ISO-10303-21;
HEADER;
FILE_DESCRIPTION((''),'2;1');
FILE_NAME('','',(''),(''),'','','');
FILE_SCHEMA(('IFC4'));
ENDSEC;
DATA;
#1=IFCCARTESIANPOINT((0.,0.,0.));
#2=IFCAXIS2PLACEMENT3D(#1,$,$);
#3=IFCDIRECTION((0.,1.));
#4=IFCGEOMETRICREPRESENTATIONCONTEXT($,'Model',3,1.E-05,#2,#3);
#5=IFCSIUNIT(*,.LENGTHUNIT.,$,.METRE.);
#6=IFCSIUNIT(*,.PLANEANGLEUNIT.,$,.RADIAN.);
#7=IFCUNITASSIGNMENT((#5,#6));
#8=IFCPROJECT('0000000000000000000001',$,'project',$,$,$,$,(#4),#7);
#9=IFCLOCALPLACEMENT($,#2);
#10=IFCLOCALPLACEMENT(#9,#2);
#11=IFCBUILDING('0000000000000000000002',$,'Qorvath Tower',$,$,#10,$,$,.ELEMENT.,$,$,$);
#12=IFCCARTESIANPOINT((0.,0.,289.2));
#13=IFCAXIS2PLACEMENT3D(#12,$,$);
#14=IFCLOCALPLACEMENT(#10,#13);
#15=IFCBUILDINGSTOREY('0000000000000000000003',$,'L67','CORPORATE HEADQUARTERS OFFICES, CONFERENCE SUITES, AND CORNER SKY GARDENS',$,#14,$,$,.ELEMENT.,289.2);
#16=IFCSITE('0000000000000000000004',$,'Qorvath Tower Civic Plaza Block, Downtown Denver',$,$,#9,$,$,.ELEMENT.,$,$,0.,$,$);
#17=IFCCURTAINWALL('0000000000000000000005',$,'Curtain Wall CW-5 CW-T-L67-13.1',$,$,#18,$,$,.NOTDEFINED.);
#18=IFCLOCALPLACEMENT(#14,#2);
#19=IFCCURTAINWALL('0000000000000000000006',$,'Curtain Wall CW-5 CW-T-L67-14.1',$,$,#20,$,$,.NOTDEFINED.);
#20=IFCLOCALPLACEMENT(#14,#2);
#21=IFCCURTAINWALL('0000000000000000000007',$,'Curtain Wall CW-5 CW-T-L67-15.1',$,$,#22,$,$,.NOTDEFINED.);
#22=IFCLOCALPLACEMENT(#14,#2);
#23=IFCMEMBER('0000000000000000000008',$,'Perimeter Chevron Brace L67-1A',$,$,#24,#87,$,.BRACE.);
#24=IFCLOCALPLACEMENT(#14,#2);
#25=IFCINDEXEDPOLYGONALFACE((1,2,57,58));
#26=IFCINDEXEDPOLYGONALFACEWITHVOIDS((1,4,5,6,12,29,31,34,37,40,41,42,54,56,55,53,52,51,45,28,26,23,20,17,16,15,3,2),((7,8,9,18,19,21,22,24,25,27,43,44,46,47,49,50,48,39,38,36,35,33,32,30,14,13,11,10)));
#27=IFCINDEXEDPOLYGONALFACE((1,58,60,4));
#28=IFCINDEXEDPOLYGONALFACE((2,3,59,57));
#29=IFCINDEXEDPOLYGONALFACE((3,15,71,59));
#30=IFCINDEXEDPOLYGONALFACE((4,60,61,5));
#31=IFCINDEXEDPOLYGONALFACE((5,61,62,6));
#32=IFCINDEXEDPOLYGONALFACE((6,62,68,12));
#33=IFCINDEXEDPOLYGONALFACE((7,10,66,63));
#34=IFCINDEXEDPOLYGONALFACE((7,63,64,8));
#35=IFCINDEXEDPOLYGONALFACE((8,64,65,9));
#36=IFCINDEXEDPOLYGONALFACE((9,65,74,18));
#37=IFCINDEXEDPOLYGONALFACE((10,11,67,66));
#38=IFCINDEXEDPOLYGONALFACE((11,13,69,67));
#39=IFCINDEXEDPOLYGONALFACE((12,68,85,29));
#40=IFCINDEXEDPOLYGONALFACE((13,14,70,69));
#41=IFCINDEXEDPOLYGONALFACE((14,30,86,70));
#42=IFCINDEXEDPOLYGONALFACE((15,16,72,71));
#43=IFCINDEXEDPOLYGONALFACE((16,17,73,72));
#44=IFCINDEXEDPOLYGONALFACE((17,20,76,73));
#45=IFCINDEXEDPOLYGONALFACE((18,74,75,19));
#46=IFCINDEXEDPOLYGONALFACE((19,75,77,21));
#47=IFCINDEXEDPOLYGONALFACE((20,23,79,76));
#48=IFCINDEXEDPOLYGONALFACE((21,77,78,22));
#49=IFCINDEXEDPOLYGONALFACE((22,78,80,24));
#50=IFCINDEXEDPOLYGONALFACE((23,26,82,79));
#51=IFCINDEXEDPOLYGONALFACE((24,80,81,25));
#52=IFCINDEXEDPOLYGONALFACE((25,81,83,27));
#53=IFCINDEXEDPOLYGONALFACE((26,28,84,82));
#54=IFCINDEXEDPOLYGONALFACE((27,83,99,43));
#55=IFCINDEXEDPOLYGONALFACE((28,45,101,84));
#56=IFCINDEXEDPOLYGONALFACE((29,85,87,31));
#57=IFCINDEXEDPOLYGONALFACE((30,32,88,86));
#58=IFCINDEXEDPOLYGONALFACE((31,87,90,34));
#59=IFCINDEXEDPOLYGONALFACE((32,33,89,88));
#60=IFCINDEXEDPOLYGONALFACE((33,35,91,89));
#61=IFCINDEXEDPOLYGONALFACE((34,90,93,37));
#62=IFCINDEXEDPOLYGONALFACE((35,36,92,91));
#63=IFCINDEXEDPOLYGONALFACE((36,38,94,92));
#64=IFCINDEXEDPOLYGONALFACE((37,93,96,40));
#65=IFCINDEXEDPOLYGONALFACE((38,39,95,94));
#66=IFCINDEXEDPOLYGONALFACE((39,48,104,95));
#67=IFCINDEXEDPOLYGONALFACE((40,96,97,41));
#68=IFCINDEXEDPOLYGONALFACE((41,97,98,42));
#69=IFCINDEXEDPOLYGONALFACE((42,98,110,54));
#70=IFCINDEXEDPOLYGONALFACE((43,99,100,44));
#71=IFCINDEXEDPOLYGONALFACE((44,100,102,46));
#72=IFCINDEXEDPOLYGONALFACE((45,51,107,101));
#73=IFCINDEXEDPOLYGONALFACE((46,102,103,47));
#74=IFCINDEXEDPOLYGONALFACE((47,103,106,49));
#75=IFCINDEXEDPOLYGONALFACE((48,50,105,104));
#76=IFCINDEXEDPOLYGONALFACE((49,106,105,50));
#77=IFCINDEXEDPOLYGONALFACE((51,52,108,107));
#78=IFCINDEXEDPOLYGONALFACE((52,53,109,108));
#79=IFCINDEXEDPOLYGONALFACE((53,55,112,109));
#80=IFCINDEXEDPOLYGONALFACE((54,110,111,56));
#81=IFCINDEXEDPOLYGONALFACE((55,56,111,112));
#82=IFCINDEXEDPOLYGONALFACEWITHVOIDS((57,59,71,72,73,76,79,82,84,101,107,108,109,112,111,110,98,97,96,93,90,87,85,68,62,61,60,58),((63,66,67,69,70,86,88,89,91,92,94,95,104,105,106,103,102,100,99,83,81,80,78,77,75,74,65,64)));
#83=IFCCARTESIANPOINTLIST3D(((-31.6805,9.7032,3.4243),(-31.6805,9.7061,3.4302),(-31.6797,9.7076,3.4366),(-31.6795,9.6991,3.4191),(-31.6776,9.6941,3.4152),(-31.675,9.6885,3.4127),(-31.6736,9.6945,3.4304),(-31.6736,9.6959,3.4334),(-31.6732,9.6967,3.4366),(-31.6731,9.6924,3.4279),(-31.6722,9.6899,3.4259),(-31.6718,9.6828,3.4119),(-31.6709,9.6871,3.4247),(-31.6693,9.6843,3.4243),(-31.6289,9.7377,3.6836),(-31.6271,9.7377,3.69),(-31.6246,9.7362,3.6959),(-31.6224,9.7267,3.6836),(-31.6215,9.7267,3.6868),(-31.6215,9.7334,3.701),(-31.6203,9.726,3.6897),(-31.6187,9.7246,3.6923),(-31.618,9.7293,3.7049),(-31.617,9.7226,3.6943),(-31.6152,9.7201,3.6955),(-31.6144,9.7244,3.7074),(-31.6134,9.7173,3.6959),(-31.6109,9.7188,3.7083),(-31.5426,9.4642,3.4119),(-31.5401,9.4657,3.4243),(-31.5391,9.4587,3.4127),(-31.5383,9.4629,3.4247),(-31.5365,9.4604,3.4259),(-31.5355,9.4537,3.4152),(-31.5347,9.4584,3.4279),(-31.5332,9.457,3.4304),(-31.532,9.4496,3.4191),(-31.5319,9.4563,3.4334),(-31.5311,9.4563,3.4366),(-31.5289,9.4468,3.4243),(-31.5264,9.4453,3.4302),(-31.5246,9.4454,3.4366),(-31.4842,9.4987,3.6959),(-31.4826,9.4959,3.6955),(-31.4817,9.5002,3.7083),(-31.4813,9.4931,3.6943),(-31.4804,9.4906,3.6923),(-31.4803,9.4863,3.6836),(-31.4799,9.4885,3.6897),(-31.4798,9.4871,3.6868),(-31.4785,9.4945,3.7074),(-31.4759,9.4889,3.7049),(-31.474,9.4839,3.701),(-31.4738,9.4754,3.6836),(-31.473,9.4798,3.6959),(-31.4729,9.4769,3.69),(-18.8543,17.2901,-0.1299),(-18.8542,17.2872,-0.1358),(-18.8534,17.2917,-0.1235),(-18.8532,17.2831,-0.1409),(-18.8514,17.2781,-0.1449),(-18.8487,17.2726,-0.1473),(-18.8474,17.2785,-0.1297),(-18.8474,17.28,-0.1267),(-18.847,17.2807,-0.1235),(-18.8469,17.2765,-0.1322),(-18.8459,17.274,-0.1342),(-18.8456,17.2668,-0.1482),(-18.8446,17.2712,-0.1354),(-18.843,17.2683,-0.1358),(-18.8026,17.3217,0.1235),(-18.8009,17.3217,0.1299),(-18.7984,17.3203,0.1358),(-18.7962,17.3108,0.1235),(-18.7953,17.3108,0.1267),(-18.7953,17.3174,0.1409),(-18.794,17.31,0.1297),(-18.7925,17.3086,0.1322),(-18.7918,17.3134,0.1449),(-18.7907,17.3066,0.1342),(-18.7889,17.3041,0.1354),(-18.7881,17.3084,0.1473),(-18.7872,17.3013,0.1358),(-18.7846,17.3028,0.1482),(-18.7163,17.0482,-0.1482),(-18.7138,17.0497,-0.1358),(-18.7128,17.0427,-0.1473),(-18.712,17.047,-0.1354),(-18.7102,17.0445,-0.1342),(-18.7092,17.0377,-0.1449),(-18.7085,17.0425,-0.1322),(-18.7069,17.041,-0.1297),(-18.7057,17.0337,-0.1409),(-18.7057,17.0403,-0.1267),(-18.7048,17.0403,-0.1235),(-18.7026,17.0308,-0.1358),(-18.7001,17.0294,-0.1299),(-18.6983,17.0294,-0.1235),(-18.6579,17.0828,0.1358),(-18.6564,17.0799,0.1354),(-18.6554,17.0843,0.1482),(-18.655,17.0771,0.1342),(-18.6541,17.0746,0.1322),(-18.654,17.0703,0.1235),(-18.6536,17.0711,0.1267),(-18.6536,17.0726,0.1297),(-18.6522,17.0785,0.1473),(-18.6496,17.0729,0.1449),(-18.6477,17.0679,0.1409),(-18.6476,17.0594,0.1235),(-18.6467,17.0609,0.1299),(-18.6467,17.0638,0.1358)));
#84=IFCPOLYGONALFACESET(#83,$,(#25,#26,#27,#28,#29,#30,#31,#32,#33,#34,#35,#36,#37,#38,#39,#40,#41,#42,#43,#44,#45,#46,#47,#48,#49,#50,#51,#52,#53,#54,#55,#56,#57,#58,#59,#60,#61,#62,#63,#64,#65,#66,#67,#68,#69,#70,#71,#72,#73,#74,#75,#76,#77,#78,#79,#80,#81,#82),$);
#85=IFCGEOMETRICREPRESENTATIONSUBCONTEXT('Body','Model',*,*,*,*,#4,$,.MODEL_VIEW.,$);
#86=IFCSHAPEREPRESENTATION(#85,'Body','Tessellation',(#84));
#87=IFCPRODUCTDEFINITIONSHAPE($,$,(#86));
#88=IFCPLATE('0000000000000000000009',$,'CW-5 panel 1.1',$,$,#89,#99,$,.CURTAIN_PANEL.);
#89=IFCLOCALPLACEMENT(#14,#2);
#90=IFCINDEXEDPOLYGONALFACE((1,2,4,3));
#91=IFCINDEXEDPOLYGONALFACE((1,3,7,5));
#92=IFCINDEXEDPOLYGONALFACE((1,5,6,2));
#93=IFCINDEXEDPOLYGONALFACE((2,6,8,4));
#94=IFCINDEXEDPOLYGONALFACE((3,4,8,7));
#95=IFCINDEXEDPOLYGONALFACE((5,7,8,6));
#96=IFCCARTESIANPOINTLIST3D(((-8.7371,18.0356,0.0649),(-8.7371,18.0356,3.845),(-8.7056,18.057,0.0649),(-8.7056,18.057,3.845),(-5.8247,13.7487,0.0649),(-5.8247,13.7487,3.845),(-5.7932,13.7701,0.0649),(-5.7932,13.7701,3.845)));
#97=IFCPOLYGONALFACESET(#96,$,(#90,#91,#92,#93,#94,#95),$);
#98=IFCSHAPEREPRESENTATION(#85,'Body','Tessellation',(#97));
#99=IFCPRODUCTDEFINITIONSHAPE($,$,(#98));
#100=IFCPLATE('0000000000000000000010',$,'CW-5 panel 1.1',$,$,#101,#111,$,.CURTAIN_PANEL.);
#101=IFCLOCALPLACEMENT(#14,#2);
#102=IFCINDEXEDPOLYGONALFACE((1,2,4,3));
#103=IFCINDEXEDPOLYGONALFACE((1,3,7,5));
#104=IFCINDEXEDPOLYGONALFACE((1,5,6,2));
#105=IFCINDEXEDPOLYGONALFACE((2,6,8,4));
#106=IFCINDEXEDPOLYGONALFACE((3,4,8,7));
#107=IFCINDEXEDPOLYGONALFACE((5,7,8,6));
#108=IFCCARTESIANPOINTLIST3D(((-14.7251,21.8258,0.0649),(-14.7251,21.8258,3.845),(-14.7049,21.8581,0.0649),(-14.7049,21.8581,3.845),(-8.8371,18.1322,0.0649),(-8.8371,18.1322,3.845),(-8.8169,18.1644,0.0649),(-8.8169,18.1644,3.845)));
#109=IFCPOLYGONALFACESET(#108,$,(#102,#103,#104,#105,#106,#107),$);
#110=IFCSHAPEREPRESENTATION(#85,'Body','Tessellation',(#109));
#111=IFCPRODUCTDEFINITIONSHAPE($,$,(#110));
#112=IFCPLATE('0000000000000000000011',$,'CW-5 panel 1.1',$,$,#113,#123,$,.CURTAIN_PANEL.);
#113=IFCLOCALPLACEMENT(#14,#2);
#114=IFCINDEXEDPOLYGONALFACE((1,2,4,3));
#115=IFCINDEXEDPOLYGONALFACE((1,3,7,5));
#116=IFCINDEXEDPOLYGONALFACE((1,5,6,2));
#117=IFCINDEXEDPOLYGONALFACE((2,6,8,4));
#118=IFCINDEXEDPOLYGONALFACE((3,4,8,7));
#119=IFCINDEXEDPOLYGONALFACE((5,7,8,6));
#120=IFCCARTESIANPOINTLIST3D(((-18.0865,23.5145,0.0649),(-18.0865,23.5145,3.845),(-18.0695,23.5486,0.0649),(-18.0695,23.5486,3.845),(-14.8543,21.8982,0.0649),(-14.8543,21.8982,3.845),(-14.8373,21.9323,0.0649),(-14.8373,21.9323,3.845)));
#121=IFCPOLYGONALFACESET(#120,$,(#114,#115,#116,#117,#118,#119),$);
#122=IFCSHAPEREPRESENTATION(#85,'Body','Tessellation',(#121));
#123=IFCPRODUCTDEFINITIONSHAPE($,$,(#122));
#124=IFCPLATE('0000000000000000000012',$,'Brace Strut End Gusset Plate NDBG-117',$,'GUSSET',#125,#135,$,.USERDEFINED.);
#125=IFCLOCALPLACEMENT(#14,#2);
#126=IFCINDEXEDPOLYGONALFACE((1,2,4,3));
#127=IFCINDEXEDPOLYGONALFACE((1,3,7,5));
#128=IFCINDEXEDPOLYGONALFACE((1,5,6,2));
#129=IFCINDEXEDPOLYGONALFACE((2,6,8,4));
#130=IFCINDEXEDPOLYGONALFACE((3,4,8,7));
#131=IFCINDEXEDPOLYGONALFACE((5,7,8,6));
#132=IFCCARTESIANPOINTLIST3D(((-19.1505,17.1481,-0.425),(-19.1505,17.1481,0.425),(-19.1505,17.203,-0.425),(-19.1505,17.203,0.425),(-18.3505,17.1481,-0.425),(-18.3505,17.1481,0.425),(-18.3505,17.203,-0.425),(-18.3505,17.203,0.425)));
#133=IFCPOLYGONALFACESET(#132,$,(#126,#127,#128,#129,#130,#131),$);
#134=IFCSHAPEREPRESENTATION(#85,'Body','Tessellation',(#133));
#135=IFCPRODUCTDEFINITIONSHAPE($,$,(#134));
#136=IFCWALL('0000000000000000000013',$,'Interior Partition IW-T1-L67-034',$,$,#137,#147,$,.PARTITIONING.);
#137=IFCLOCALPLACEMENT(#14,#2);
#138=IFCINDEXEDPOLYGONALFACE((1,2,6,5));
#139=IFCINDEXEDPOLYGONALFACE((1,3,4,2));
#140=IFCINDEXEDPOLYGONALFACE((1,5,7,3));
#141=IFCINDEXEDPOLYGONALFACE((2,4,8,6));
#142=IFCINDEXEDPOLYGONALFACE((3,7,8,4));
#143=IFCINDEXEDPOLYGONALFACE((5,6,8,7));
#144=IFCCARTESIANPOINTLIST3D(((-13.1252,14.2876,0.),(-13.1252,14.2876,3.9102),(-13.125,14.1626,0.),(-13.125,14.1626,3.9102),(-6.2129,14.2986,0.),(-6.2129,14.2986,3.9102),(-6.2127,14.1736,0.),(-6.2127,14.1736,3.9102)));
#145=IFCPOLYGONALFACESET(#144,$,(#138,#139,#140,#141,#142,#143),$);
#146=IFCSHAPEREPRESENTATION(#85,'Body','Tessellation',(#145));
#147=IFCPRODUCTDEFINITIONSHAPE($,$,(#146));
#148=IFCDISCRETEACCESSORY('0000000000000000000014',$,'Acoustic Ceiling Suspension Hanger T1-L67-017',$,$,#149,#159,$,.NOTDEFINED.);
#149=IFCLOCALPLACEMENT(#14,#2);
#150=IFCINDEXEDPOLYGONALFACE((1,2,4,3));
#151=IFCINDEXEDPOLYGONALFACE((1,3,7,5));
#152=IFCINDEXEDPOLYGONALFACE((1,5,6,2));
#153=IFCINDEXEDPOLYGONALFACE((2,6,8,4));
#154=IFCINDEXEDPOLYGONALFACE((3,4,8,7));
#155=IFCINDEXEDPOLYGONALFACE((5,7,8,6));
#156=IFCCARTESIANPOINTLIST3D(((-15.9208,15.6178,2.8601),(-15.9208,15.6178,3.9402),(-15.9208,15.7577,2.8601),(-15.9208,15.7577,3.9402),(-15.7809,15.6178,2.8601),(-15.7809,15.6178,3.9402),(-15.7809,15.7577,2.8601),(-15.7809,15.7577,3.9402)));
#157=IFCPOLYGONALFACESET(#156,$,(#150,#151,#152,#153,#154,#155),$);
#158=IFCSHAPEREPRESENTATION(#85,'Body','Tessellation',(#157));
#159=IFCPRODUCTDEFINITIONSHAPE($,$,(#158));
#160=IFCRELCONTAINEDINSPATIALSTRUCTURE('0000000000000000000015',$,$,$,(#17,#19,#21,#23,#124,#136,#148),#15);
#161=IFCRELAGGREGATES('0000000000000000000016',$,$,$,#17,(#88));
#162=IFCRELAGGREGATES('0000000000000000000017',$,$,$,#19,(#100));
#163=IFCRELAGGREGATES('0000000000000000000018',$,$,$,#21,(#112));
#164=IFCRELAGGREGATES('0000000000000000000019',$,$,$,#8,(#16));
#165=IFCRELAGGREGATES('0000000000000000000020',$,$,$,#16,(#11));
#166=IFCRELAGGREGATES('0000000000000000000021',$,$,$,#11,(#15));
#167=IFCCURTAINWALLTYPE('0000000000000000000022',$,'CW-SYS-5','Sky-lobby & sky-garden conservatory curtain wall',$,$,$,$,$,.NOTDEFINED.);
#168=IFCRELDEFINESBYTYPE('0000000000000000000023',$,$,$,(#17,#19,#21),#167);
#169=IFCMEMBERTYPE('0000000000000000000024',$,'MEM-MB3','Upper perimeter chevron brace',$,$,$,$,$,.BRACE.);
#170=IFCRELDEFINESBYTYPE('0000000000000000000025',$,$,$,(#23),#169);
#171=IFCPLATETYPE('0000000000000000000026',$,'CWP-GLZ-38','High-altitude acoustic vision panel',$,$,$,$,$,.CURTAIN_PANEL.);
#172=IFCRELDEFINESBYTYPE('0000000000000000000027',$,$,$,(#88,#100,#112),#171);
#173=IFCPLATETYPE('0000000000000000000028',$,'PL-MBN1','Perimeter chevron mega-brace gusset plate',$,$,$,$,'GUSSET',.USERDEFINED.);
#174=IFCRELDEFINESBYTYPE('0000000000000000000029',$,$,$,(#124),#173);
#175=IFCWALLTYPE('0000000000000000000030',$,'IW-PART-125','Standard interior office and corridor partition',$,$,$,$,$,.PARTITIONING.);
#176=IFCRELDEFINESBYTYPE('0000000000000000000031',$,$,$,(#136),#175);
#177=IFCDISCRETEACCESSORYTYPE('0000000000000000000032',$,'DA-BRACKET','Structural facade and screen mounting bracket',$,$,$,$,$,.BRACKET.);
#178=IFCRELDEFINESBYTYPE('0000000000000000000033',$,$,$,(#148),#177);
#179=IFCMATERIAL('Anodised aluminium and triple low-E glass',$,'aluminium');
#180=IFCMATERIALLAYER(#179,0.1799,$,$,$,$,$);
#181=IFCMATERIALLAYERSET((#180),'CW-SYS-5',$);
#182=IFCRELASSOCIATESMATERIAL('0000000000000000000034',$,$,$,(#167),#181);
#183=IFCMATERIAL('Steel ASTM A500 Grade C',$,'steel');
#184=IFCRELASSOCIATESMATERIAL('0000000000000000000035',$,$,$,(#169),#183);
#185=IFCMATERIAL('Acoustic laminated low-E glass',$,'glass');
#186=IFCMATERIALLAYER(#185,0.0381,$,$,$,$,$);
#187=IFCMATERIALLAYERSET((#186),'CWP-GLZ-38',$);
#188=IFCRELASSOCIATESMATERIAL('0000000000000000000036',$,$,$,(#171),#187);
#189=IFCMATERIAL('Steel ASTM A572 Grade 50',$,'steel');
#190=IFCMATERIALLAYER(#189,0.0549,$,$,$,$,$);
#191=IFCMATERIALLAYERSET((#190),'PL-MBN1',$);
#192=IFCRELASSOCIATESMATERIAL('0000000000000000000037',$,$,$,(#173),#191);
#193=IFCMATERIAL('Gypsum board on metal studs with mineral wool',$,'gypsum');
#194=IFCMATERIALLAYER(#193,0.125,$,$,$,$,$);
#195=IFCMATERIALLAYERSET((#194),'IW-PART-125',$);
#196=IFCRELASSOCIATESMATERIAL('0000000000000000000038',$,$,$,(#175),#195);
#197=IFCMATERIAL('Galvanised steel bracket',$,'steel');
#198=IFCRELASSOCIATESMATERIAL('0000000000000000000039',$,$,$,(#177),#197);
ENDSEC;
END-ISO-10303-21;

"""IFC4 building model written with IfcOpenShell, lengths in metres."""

from ifc_helpers import new_model, si_unit, direction, frame, frame_2d, origin, origin_2d, place, context, subcontext, project, spatial, rectangle, hollow_rectangle, extrude, material, layer, layer_set, material_profile, profile_set, type_object, element, aggregate, save


model = new_model("IFC4")

# Units and contexts
model_context = context("Model", 3, precision=1e-05, world=origin(), true_north=direction((0.0, 1.0)))
body_context = subcontext(model_context, "Body", "Model", "MODEL_VIEW")
ifc_project = project(units=[si_unit("LENGTHUNIT", "METRE"), si_unit("PLANEANGLEUNIT", "RADIAN")], contexts=[model_context])

# Site, building, storey
site_placement = place(None, origin())
site = spatial("IfcSite", under=ifc_project, at=site_placement, Name="Qorvath Tower Civic Plaza Block, Downtown Denver", CompositionType="ELEMENT", RefElevation=0.0)
building_placement = place(site_placement, origin())
building = spatial("IfcBuilding", under=site, at=building_placement, Name="Qorvath Tower", CompositionType="ELEMENT")
storey_placement = place(building_placement, frame((0.0, 0.0, 289.2)))
storey = spatial("IfcBuildingStorey", under=building, at=storey_placement, Name="L67", Description="CORPORATE HEADQUARTERS OFFICES, CONFERENCE SUITES, AND CORNER SKY GARDENS", CompositionType="ELEMENT", Elevation=289.2)

# Shared definitions
ifc_material_1 = material(Name="Anodised aluminium and triple low-E glass", Category="aluminium")
ifc_layer_1 = layer(ifc_material_1, 0.1799)
ifc_layer_set_1 = layer_set([ifc_layer_1], Name="CW-SYS-5")
curtain_wall_type = type_object("IfcCurtainWallType", Name="CW-SYS-5", Description="Sky-lobby & sky-garden conservatory curtain wall", PredefinedType="NOTDEFINED", material=ifc_layer_set_1)

# Curtain walls
curtain_wall_1_placement = place(storey_placement, origin())
curtain_wall_1 = element("IfcCurtainWall", 1, at=curtain_wall_1_placement, inside=storey, type_object=curtain_wall_type, Name="Curtain Wall CW-5 CW-T-L67-13.1", PredefinedType="NOTDEFINED")
curtain_wall_2_placement = place(storey_placement, origin())
curtain_wall_2 = element("IfcCurtainWall", 2, at=curtain_wall_2_placement, inside=storey, type_object=curtain_wall_type, Name="Curtain Wall CW-5 CW-T-L67-14.1", PredefinedType="NOTDEFINED")
curtain_wall_3_placement = place(storey_placement, origin())
curtain_wall_3 = element("IfcCurtainWall", 3, at=curtain_wall_3_placement, inside=storey, type_object=curtain_wall_type, Name="Curtain Wall CW-5 CW-T-L67-15.1", PredefinedType="NOTDEFINED")

# Member
ifc_material_2 = material(Name="Steel ASTM A500 Grade C", Category="steel")
ifc_material_profile_1 = material_profile(ifc_material_2, hollow_rectangle(XDim=0.3047, YDim=0.3047, WallThickness=0.0127, InnerFilletRadius=0.0127, OuterFilletRadius=0.0254, at=origin_2d()), Name="HSS 305x305x12.7")
ifc_profile_set_1 = profile_set([ifc_material_profile_1], Name="Steel ASTM A500 Grade C")
member_type_1 = type_object("IfcMemberType", Name="MEM-MB3", Description="Upper perimeter chevron brace", PredefinedType="BRACE", material=ifc_profile_set_1)
member_1_placement = place(storey_placement, frame((-18.7505, 17.1755, 0.0), z_axis=(-0.837219, -0.495039, 0.23238), x_axis=(0.508972, -0.860783, 0.0)))
element("IfcMember", 4, at=member_1_placement, inside=storey, type_object=member_type_1, Name="Perimeter Chevron Brace L67-1A", PredefinedType="BRACE", context=body_context, shape_type="SweptSolid", body=[
    extrude(hollow_rectangle(XDim=0.3047, YDim=0.3047, WallThickness=0.0127, InnerFilletRadius=0.0127, OuterFilletRadius=0.0254, at=origin_2d()), origin(), (0.0, 0.0, 1.0), 15.3201),
])

# Plates
ifc_material_3 = material(Name="Acoustic laminated low-E glass", Category="glass")
ifc_layer_2 = layer(ifc_material_3, 0.0381)
ifc_layer_set_2 = layer_set([ifc_layer_2], Name="CWP-GLZ-38")
plate_type_1 = type_object("IfcPlateType", Name="CWP-GLZ-38", Description="High-altitude acoustic vision panel", PredefinedType="CURTAIN_PANEL", material=ifc_layer_set_2)
plate_1_placement = place(storey_placement, frame((-7.2651, 15.9028, 0.0649), z_axis=(0.0, 0.0, 1.0), x_axis=(-0.561949, 0.827172, 0.0)))
plate_1 = element("IfcPlate", 5, at=plate_1_placement, type_object=plate_type_1, Name="CW-5 panel 1.1", PredefinedType="CURTAIN_PANEL", context=body_context, shape_type="SweptSolid", body=[
    extrude(rectangle(XDim=5.1826, YDim=0.0381, at=origin_2d()), origin(), (0.0, 0.0, 1.0), 3.78),
])
aggregate(curtain_wall_1, [plate_1])
plate_2_placement = place(storey_placement, frame((-11.771, 19.9951, 0.0649), z_axis=(0.0, 0.0, 1.0), x_axis=(-0.847117, 0.531406, 0.0)))
plate_2 = element("IfcPlate", 6, at=plate_2_placement, type_object=plate_type_1, Name="CW-5 panel 1.1", PredefinedType="CURTAIN_PANEL", context=body_context, shape_type="SweptSolid", body=[
    extrude(rectangle(XDim=6.9507, YDim=0.0381, at=origin_2d()), origin(), (0.0, 0.0, 1.0), 3.78),
])
aggregate(curtain_wall_2, [plate_2])
plate_3_placement = place(storey_placement, frame((-16.4619, 22.7234, 0.0649), z_axis=(0.0, 0.0, 1.0), x_axis=(-0.894406, 0.447256, 0.0)))
plate_3 = element("IfcPlate", 7, at=plate_3_placement, type_object=plate_type_1, Name="CW-5 panel 1.1", PredefinedType="CURTAIN_PANEL", context=body_context, shape_type="SweptSolid", body=[
    extrude(rectangle(XDim=3.6138, YDim=0.0381, at=origin_2d()), origin(), (0.0, 0.0, 1.0), 3.78),
])
aggregate(curtain_wall_3, [plate_3])
ifc_material_4 = material(Name="Steel ASTM A572 Grade 50", Category="steel")
ifc_layer_3 = layer(ifc_material_4, 0.0549)
ifc_layer_set_3 = layer_set([ifc_layer_3], Name="PL-MBN1")
plate_type_2 = type_object("IfcPlateType", Name="PL-MBN1", Description="Perimeter chevron mega-brace gusset plate", ElementType="GUSSET", PredefinedType="USERDEFINED", material=ifc_layer_set_3)
plate_4_placement = place(storey_placement, frame((-18.7505, 17.1755, -0.425), z_axis=(0.0, 0.0, 1.0), x_axis=(1.0, 0.0, 0.0)))
element("IfcPlate", 8, at=plate_4_placement, inside=storey, type_object=plate_type_2, Name="Brace Strut End Gusset Plate NDBG-117", ObjectType="GUSSET", PredefinedType="USERDEFINED", context=body_context, shape_type="SweptSolid", body=[
    extrude(rectangle(XDim=0.8, YDim=0.0549, at=origin_2d()), origin(), (0.0, 0.0, 1.0), 0.8501),
])

# Wall
ifc_material_5 = material(Name="Gypsum board on metal studs with mineral wool", Category="gypsum")
ifc_layer_4 = layer(ifc_material_5, 0.125)
ifc_layer_set_4 = layer_set([ifc_layer_4], Name="IW-PART-125")
wall_type = type_object("IfcWallType", Name="IW-PART-125", Description="Standard interior office and corridor partition", PredefinedType="PARTITIONING", material=ifc_layer_set_4)
wall_placement = place(storey_placement, frame((-13.125, 14.2251, 0.0), z_axis=(0.0, 0.0, 1.0), x_axis=(0.999999, 0.001589, 0.0)))
element("IfcWall", 9, at=wall_placement, inside=storey, type_object=wall_type, Name="Interior Partition IW-T1-L67-034", PredefinedType="PARTITIONING", context=body_context, shape_type="SweptSolid", body=[
    extrude(rectangle(XDim=6.9124, YDim=0.125, at=frame_2d((3.4561, 0.0))), origin(), (0.0, 0.0, 1.0), 3.9102),
])

# Discrete accessory
ifc_material_6 = material(Name="Galvanised steel bracket", Category="steel")
discrete_accessory_type = type_object("IfcDiscreteAccessoryType", Name="DA-BRACKET", Description="Structural facade and screen mounting bracket", PredefinedType="BRACKET", material=ifc_material_6)
discrete_accessory_placement = place(storey_placement, frame((-15.8508, 15.6877, 2.8601), z_axis=(0.0, 0.0, 1.0), x_axis=(1.0, 0.0, 0.0)))
element("IfcDiscreteAccessory", 10, at=discrete_accessory_placement, inside=storey, type_object=discrete_accessory_type, Name="Acoustic Ceiling Suspension Hanger T1-L67-017", PredefinedType="NOTDEFINED", context=body_context, shape_type="SweptSolid", body=[
    extrude(rectangle(XDim=0.1399, YDim=0.1399, at=origin_2d()), origin(), (0.0, 0.0, 1.0), 1.0801),
])

save(model, "model.ifc")
